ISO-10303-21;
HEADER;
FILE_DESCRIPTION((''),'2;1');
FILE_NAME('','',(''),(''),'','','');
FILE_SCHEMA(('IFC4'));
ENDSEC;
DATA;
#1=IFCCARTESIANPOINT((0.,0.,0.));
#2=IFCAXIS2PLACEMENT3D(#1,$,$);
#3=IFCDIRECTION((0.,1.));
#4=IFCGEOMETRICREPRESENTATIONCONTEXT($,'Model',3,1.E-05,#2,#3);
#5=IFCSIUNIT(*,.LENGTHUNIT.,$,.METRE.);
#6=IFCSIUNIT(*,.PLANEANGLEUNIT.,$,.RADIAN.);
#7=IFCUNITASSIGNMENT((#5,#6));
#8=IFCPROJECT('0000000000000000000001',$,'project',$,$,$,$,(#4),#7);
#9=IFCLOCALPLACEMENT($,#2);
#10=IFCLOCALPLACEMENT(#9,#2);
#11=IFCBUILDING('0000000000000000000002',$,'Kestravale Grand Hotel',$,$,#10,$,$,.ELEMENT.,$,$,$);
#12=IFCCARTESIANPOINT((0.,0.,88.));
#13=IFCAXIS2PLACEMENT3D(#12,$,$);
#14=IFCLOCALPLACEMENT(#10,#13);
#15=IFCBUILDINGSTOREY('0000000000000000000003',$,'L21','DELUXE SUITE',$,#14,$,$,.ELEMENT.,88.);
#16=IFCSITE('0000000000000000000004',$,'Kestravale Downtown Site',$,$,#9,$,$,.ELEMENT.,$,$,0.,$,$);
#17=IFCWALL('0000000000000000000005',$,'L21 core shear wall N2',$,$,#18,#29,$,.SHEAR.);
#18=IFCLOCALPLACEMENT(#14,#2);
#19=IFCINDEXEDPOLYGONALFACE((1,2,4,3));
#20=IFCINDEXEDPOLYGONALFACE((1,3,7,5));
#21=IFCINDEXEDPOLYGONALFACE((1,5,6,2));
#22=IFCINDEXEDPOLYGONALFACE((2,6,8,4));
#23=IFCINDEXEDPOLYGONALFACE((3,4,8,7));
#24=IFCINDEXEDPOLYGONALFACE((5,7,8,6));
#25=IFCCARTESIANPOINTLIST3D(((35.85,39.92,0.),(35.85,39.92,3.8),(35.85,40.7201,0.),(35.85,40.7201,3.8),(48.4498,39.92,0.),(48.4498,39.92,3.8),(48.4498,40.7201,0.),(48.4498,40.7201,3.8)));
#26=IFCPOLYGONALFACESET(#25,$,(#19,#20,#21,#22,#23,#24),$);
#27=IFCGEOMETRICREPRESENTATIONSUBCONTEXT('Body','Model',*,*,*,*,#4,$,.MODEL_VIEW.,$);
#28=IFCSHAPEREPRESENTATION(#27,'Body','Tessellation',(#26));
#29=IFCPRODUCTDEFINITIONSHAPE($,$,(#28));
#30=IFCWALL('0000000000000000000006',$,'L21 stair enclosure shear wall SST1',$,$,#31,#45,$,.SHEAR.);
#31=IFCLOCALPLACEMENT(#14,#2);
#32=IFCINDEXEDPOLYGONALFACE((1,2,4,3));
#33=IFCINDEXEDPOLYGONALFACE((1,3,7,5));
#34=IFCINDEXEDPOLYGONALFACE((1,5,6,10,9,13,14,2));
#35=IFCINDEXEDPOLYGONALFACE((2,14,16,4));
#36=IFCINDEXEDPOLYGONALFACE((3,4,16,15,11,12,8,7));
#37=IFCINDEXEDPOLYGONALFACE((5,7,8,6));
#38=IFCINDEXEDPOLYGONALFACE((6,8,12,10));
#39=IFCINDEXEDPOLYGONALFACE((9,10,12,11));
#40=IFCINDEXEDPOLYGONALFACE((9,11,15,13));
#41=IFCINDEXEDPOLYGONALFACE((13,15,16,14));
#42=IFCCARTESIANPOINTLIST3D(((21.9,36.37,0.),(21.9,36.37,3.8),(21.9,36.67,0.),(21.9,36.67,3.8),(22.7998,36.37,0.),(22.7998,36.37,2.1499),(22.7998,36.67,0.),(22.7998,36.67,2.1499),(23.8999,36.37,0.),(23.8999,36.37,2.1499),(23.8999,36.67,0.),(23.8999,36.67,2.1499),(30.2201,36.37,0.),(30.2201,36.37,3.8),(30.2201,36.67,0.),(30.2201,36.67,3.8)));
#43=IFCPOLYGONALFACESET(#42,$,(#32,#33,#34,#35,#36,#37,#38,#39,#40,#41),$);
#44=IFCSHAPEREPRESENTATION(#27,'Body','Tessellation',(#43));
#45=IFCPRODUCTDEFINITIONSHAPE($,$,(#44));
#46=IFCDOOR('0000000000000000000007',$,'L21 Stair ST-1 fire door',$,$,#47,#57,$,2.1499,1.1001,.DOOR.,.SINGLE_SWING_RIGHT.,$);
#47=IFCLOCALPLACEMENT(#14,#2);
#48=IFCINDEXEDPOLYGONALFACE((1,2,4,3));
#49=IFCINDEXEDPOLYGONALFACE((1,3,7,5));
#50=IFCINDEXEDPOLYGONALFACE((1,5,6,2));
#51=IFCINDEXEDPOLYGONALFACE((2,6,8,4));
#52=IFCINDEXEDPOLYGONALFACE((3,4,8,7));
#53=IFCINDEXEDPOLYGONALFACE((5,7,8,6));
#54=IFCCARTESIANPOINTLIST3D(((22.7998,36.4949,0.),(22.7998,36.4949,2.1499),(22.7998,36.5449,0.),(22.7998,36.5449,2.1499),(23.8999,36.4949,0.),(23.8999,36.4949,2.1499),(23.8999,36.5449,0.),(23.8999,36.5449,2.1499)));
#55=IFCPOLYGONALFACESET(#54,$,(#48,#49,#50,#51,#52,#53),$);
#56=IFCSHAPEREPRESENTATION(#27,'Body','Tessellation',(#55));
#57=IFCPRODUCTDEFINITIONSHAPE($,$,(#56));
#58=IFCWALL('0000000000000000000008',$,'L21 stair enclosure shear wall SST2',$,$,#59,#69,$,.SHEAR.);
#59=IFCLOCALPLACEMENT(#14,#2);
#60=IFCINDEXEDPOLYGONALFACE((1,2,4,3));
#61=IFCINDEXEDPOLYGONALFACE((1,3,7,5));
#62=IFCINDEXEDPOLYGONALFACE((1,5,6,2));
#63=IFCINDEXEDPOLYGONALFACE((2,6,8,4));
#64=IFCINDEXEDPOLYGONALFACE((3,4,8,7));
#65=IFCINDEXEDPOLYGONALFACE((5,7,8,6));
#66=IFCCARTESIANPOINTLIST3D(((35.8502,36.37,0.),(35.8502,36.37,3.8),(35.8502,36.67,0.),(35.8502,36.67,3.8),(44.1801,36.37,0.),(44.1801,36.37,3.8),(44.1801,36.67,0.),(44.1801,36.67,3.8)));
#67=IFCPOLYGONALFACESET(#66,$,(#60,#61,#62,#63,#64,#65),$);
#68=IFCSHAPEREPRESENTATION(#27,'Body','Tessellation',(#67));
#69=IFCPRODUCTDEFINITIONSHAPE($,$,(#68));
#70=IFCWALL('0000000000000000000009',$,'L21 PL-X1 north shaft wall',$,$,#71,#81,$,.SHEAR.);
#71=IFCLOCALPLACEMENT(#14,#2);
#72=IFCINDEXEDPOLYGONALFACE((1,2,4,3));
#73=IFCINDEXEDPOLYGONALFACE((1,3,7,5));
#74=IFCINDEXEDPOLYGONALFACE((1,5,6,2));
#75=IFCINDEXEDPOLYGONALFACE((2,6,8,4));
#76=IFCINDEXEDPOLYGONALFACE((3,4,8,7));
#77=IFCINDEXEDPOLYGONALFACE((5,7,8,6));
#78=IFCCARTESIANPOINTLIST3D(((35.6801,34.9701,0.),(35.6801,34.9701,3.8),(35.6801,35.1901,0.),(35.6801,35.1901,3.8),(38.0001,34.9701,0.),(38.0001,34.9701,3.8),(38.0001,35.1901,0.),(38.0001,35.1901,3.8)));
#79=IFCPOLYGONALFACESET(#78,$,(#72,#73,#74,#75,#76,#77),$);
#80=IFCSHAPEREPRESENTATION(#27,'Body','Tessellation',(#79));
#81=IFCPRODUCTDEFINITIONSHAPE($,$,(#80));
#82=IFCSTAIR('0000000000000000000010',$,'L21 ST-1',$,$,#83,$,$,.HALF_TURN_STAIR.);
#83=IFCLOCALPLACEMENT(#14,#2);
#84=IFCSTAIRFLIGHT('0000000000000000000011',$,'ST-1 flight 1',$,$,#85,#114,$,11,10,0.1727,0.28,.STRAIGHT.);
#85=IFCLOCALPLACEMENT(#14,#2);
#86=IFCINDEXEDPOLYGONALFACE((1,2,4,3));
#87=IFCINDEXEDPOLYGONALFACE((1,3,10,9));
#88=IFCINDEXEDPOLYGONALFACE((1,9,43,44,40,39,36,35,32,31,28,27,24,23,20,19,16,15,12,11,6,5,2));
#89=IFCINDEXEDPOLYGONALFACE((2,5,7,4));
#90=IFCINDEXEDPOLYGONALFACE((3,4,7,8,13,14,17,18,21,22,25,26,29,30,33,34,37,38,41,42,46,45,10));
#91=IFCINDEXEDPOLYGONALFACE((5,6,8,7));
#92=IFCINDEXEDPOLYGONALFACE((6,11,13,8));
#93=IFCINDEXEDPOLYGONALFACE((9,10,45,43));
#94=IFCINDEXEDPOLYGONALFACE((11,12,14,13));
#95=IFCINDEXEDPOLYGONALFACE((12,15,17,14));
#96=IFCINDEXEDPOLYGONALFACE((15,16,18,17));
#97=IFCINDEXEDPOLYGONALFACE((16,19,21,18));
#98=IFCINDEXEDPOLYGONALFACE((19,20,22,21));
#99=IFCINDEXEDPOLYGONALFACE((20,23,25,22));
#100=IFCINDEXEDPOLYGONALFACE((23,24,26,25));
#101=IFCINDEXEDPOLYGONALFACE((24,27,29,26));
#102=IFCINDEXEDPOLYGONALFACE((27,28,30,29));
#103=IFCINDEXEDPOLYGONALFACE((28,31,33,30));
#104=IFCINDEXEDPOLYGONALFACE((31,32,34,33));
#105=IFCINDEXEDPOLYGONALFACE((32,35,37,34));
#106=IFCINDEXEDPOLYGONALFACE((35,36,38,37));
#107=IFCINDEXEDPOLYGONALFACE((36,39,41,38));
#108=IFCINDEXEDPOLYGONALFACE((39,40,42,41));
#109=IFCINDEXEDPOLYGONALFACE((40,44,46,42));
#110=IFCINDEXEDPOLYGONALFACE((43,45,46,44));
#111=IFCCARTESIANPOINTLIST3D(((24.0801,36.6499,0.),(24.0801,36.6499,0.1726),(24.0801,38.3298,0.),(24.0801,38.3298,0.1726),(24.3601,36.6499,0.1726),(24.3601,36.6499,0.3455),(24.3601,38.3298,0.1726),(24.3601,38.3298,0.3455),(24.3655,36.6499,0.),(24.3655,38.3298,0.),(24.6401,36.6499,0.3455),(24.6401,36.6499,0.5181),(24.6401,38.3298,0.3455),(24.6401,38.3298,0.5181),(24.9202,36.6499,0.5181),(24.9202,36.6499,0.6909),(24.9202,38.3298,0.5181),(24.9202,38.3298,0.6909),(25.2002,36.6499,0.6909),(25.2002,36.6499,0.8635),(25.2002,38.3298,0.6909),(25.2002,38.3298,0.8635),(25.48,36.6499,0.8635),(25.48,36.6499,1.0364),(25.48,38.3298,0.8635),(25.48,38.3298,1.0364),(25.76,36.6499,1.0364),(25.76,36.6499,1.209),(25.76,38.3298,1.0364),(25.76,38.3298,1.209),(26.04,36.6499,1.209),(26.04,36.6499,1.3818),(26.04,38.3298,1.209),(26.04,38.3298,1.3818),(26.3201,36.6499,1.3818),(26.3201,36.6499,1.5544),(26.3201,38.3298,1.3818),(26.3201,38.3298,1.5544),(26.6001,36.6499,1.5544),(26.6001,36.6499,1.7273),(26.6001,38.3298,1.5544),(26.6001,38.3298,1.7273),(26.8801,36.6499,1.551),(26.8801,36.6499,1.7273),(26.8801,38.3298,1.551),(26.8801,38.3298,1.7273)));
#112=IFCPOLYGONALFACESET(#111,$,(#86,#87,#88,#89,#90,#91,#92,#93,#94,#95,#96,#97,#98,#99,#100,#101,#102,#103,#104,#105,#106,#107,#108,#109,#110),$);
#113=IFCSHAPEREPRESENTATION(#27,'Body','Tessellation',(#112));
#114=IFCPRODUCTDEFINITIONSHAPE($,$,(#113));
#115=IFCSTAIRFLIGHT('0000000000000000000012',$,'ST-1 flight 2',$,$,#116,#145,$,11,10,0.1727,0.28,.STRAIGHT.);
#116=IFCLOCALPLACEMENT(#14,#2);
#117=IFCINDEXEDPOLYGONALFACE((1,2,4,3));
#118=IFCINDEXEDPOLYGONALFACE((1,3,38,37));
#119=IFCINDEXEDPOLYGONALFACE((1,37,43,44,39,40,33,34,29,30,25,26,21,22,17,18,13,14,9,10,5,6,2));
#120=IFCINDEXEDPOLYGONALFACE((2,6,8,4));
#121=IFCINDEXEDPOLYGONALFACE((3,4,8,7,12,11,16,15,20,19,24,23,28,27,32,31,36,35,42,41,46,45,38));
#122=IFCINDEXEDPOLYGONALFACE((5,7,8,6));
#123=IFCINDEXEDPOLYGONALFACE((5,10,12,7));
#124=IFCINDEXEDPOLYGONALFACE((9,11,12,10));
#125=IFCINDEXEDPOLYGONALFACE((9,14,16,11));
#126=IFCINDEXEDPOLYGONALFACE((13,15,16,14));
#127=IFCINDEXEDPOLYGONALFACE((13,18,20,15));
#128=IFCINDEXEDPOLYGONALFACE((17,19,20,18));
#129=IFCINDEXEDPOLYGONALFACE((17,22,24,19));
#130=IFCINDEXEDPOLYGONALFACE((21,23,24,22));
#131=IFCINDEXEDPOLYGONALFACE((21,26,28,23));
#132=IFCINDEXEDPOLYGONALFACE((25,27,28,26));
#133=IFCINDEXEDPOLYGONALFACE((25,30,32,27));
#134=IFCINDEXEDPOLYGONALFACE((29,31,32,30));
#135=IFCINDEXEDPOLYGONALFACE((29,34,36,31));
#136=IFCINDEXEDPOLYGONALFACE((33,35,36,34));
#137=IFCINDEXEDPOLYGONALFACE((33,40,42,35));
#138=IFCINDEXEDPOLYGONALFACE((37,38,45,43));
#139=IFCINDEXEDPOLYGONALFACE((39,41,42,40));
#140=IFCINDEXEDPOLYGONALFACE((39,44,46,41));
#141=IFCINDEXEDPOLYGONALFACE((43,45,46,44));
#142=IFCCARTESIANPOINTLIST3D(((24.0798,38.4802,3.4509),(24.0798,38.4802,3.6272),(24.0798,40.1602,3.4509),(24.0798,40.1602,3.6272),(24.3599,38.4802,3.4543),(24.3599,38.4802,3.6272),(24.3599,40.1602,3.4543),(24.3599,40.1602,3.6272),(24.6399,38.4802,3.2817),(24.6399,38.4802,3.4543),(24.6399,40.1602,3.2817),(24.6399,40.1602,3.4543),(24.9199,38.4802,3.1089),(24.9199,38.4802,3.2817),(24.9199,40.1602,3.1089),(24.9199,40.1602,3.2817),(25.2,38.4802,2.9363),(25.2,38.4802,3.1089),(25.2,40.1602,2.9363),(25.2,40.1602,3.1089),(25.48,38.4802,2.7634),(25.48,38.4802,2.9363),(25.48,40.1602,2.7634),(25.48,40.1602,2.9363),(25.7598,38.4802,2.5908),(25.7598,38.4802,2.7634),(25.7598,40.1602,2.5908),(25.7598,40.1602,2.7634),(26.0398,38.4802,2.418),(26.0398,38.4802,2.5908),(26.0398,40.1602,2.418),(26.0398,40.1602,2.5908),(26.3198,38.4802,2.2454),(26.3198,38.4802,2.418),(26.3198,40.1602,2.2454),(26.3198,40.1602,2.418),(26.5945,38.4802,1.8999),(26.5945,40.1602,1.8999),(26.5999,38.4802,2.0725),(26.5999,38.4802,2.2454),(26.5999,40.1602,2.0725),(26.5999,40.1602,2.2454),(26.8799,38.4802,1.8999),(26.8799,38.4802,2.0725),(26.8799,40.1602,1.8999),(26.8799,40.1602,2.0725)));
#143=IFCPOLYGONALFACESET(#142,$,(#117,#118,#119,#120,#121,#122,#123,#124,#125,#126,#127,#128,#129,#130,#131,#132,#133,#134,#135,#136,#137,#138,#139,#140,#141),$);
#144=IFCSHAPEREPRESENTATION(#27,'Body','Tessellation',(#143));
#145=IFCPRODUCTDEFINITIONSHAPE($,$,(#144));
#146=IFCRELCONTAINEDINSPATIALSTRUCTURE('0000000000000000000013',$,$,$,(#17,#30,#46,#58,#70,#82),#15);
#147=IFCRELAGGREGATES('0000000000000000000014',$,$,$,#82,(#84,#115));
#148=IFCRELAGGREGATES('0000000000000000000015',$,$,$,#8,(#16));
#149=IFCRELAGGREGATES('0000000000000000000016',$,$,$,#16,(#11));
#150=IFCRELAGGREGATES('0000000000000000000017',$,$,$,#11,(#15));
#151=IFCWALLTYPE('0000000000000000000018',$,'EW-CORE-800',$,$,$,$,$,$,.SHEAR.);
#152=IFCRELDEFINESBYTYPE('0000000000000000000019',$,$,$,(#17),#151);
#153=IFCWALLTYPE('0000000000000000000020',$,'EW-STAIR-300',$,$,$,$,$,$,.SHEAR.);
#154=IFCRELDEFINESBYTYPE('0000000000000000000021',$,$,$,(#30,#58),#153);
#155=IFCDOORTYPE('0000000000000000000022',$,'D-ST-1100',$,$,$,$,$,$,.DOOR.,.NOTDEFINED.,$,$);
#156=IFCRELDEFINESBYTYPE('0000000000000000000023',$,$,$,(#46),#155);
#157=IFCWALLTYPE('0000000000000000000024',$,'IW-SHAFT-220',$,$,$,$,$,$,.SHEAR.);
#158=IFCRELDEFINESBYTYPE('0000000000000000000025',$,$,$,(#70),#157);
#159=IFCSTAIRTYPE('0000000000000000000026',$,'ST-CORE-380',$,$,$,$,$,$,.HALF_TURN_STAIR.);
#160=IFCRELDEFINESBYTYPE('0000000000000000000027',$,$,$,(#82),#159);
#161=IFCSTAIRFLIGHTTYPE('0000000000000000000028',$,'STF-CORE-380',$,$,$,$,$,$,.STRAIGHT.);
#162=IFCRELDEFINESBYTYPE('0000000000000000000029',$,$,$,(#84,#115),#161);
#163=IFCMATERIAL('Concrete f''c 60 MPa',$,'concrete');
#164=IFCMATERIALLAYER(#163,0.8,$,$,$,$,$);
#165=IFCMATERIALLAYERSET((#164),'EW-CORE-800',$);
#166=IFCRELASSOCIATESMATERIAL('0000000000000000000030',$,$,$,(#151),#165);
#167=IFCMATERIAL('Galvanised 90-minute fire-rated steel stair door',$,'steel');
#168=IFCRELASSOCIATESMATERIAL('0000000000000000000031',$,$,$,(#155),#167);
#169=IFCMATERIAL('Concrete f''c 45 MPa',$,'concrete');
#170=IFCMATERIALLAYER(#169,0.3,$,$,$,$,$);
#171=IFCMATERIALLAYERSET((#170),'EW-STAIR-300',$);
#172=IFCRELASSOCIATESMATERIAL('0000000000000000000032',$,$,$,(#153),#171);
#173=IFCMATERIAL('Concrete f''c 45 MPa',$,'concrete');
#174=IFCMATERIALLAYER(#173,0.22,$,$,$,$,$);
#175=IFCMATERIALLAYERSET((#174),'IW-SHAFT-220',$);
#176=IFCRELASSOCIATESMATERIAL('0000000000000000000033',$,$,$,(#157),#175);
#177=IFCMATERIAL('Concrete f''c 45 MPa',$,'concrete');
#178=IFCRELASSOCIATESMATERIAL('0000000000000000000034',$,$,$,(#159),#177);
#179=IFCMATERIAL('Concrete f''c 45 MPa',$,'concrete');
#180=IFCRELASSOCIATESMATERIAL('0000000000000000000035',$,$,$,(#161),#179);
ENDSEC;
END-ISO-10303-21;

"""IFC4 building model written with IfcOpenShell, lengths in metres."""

from ifc_helpers import new_model, si_unit, direction, frame, frame_2d, origin, place, context, subcontext, project, spatial, polyline, rectangle, outline, extrude, material, layer, layer_set, type_object, element, fill, aggregate, save


model = new_model("IFC4")

# Units and contexts
model_context = context("Model", 3, precision=1e-05, world=origin(), true_north=direction((0.0, 1.0)))
body_context = subcontext(model_context, "Body", "Model", "MODEL_VIEW")
ifc_project = project(units=[si_unit("LENGTHUNIT", "METRE"), si_unit("PLANEANGLEUNIT", "RADIAN")], contexts=[model_context])

# Site, building, storey
site_placement = place(None, origin())
site = spatial("IfcSite", under=ifc_project, at=site_placement, Name="Kestravale Downtown Site", CompositionType="ELEMENT", RefElevation=0.0)
building_placement = place(site_placement, origin())
building = spatial("IfcBuilding", under=site, at=building_placement, Name="Kestravale Grand Hotel", CompositionType="ELEMENT")
storey_placement = place(building_placement, frame((0.0, 0.0, 88.0)))
storey = spatial("IfcBuildingStorey", under=building, at=storey_placement, Name="L21", Description="DELUXE SUITE", CompositionType="ELEMENT", Elevation=88.0)

# Wall
ifc_material_1 = material(Name="Concrete f'c 60 MPa", Category="concrete")
ifc_layer_1 = layer(ifc_material_1, 0.8)
ifc_layer_set_1 = layer_set([ifc_layer_1], Name="EW-CORE-800")
wall_type_1 = type_object("IfcWallType", Name="EW-CORE-800", PredefinedType="SHEAR", material=ifc_layer_set_1)
wall_1_placement = place(storey_placement, frame((35.8501, 40.3201, 0.0), z_axis=(0.0, 0.0, 1.0), x_axis=(1.0, 0.0, 0.0)))
element("IfcWall", 1, at=wall_1_placement, inside=storey, type_object=wall_type_1, Name="L21 core shear wall N2", PredefinedType="SHEAR", context=body_context, shape_type="SweptSolid", body=[
    extrude(rectangle(XDim=12.5999, YDim=0.8, at=frame_2d((6.2998, 0.0))), origin(), (0.0, 0.0, 1.0), 3.8),
])

# Wall, opening, door
ifc_material_2 = material(Name="Galvanised 90-minute fire-rated steel stair door", Category="steel")
door_type_1 = type_object("IfcDoorType", Name="D-ST-1100", OperationType="NOTDEFINED", PredefinedType="DOOR", material=ifc_material_2)
ifc_material_3 = material(Name="Concrete f'c 45 MPa", Category="concrete")
ifc_layer_2 = layer(ifc_material_3, 0.3)
ifc_layer_set_2 = layer_set([ifc_layer_2], Name="EW-STAIR-300")
wall_type_2 = type_object("IfcWallType", Name="EW-STAIR-300", PredefinedType="SHEAR", material=ifc_layer_set_2)
wall_2_placement = place(storey_placement, frame((21.8999, 36.52, 0.0), z_axis=(0.0, 0.0, 1.0), x_axis=(1.0, 0.0, 0.0)))
wall_2 = element("IfcWall", 2, at=wall_2_placement, inside=storey, type_object=wall_type_2, Name="L21 stair enclosure shear wall SST1", PredefinedType="SHEAR", context=body_context, shape_type="SweptSolid", body=[
    extrude(rectangle(XDim=8.3201, YDim=0.3, at=frame_2d((4.1602, 0.0))), origin(), (0.0, 0.0, 1.0), 3.8),
])
opening_1_placement = place(wall_2_placement, frame((0.8999, 0.0, 0.0)))
opening_1 = element("IfcOpeningElement", 3, at=opening_1_placement, cuts=wall_2, PredefinedType="OPENING", context=body_context, shape_type="SweptSolid", body=[
    extrude(rectangle(XDim=1.1001, YDim=2.1499, at=frame_2d((0.55, 1.075))), frame((0.0, 0.1599, 0.0), z_axis=(0.0, -1.0, 0.0), x_axis=(1.0, 0.0, 0.0)), (0.0, 0.0, 1.0), 0.3201),
])
door_1_placement = place(opening_1_placement, origin())
door_1 = element("IfcDoor", 4, at=door_1_placement, inside=storey, type_object=door_type_1, Name="L21 Stair ST-1 fire door", OperationType="SINGLE_SWING_RIGHT", OverallHeight=2.1499, OverallWidth=1.1001, PredefinedType="DOOR", context=body_context, shape_type="SweptSolid", body=[
    extrude(rectangle(XDim=1.1001, YDim=2.1499, at=frame_2d((0.55, 1.075))), frame((0.0, 0.0249, 0.0), z_axis=(0.0, -1.0, 0.0), x_axis=(1.0, 0.0, 0.0)), (0.0, 0.0, 1.0), 0.05),
])
fill(opening_1, door_1)

# Wall
wall_3_placement = place(storey_placement, frame((35.8501, 36.52, 0.0), z_axis=(0.0, 0.0, 1.0), x_axis=(1.0, 0.0, 0.0)))
element("IfcWall", 5, at=wall_3_placement, inside=storey, type_object=wall_type_2, Name="L21 stair enclosure shear wall SST2", PredefinedType="SHEAR", context=body_context, shape_type="SweptSolid", body=[
    extrude(rectangle(XDim=8.3298, YDim=0.3, at=frame_2d((4.165, 0.0))), origin(), (0.0, 0.0, 1.0), 3.8),
])

# Wall
ifc_material_4 = material(Name="Concrete f'c 45 MPa", Category="concrete")
ifc_layer_3 = layer(ifc_material_4, 0.22)
ifc_layer_set_3 = layer_set([ifc_layer_3], Name="IW-SHAFT-220")
wall_type_3 = type_object("IfcWallType", Name="IW-SHAFT-220", PredefinedType="SHEAR", material=ifc_layer_set_3)
wall_4_placement = place(storey_placement, frame((35.6799, 35.0801, 0.0), z_axis=(0.0, 0.0, 1.0), x_axis=(1.0, 0.0, 0.0)))
element("IfcWall", 6, at=wall_4_placement, inside=storey, type_object=wall_type_3, Name="L21 PL-X1 north shaft wall", PredefinedType="SHEAR", context=body_context, shape_type="SweptSolid", body=[
    extrude(rectangle(XDim=2.3201, YDim=0.22, at=frame_2d((1.1602, 0.0))), origin(), (0.0, 0.0, 1.0), 3.8),
])

# Stair, stair flights
ifc_material_5 = material(Name="Concrete f'c 45 MPa", Category="concrete")
stair_type = type_object("IfcStairType", Name="ST-CORE-380", PredefinedType="HALF_TURN_STAIR", material=ifc_material_5)
stair_placement = place(storey_placement, origin())
stair = element("IfcStair", 7, at=stair_placement, inside=storey, type_object=stair_type, Name="L21 ST-1", PredefinedType="HALF_TURN_STAIR")
ifc_material_6 = material(Name="Concrete f'c 45 MPa", Category="concrete")
stair_flight_type = type_object("IfcStairFlightType", Name="STF-CORE-380", PredefinedType="STRAIGHT", material=ifc_material_6)
stair_flight_1_placement = place(storey_placement, frame((24.0801, 37.49, 0.0), z_axis=(0.0, 0.0, 1.0), x_axis=(1.0, 0.0, 0.0)))
stair_flight_1 = element("IfcStairFlight", 8, at=stair_flight_1_placement, type_object=stair_flight_type, Name="ST-1 flight 1", NumberOfRisers=11, NumberOfTreads=10, PredefinedType="STRAIGHT", RiserHeight=0.1727, TreadLength=0.28, context=body_context, shape_type="SweptSolid", body=[
    extrude(outline(polyline([(0.0, 0.0), (0.0, 0.1726), (0.28, 0.1726), (0.28, 0.3455), (0.5601, 0.3455), (0.5601, 0.5181), (0.8401, 0.5181), (0.8401, 0.6909), (1.1201, 0.6909), (1.1201, 0.8635), (1.3999, 0.8635), (1.3999, 1.0364), (1.6799, 1.0364), (1.6799, 1.209), (1.96, 1.209), (1.96, 1.3818), (2.24, 1.3818), (2.24, 1.5544), (2.52, 1.5544), (2.52, 1.7273), (2.8, 1.7273), (2.8, 1.8999), (2.8, 1.551), (0.2854, 0.0), (0.0, 0.0)])), frame((0.0, 0.8398, 0.0), z_axis=(0.0, -1.0, 0.0), x_axis=(1.0, 0.0, 0.0)), (0.0, 0.0, 1.0), 1.6799),
])
stair_flight_2_placement = place(storey_placement, frame((26.8799, 39.3201, 1.8999), z_axis=(0.0, 0.0, 1.0), x_axis=(-1.0, 0.0, 0.0)))
stair_flight_2 = element("IfcStairFlight", 9, at=stair_flight_2_placement, type_object=stair_flight_type, Name="ST-1 flight 2", NumberOfRisers=11, NumberOfTreads=10, PredefinedType="STRAIGHT", RiserHeight=0.1727, TreadLength=0.28, context=body_context, shape_type="SweptSolid", body=[
    extrude(outline(polyline([(0.0, 0.0), (0.0, 0.1726), (0.28, 0.1726), (0.28, 0.3455), (0.5601, 0.3455), (0.5601, 0.5181), (0.8401, 0.5181), (0.8401, 0.6909), (1.1201, 0.6909), (1.1201, 0.8635), (1.3999, 0.8635), (1.3999, 1.0364), (1.6799, 1.0364), (1.6799, 1.209), (1.96, 1.209), (1.96, 1.3818), (2.24, 1.3818), (2.24, 1.5544), (2.52, 1.5544), (2.52, 1.7273), (2.8, 1.7273), (2.8, 1.8999), (2.8, 1.551), (0.2854, 0.0), (0.0, 0.0)])), frame((0.0, 0.8398, 0.0), z_axis=(0.0, -1.0, 0.0), x_axis=(1.0, 0.0, 0.0)), (0.0, 0.0, 1.0), 1.6799),
])
aggregate(stair, [stair_flight_1, stair_flight_2])

save(model, "model.ifc")
